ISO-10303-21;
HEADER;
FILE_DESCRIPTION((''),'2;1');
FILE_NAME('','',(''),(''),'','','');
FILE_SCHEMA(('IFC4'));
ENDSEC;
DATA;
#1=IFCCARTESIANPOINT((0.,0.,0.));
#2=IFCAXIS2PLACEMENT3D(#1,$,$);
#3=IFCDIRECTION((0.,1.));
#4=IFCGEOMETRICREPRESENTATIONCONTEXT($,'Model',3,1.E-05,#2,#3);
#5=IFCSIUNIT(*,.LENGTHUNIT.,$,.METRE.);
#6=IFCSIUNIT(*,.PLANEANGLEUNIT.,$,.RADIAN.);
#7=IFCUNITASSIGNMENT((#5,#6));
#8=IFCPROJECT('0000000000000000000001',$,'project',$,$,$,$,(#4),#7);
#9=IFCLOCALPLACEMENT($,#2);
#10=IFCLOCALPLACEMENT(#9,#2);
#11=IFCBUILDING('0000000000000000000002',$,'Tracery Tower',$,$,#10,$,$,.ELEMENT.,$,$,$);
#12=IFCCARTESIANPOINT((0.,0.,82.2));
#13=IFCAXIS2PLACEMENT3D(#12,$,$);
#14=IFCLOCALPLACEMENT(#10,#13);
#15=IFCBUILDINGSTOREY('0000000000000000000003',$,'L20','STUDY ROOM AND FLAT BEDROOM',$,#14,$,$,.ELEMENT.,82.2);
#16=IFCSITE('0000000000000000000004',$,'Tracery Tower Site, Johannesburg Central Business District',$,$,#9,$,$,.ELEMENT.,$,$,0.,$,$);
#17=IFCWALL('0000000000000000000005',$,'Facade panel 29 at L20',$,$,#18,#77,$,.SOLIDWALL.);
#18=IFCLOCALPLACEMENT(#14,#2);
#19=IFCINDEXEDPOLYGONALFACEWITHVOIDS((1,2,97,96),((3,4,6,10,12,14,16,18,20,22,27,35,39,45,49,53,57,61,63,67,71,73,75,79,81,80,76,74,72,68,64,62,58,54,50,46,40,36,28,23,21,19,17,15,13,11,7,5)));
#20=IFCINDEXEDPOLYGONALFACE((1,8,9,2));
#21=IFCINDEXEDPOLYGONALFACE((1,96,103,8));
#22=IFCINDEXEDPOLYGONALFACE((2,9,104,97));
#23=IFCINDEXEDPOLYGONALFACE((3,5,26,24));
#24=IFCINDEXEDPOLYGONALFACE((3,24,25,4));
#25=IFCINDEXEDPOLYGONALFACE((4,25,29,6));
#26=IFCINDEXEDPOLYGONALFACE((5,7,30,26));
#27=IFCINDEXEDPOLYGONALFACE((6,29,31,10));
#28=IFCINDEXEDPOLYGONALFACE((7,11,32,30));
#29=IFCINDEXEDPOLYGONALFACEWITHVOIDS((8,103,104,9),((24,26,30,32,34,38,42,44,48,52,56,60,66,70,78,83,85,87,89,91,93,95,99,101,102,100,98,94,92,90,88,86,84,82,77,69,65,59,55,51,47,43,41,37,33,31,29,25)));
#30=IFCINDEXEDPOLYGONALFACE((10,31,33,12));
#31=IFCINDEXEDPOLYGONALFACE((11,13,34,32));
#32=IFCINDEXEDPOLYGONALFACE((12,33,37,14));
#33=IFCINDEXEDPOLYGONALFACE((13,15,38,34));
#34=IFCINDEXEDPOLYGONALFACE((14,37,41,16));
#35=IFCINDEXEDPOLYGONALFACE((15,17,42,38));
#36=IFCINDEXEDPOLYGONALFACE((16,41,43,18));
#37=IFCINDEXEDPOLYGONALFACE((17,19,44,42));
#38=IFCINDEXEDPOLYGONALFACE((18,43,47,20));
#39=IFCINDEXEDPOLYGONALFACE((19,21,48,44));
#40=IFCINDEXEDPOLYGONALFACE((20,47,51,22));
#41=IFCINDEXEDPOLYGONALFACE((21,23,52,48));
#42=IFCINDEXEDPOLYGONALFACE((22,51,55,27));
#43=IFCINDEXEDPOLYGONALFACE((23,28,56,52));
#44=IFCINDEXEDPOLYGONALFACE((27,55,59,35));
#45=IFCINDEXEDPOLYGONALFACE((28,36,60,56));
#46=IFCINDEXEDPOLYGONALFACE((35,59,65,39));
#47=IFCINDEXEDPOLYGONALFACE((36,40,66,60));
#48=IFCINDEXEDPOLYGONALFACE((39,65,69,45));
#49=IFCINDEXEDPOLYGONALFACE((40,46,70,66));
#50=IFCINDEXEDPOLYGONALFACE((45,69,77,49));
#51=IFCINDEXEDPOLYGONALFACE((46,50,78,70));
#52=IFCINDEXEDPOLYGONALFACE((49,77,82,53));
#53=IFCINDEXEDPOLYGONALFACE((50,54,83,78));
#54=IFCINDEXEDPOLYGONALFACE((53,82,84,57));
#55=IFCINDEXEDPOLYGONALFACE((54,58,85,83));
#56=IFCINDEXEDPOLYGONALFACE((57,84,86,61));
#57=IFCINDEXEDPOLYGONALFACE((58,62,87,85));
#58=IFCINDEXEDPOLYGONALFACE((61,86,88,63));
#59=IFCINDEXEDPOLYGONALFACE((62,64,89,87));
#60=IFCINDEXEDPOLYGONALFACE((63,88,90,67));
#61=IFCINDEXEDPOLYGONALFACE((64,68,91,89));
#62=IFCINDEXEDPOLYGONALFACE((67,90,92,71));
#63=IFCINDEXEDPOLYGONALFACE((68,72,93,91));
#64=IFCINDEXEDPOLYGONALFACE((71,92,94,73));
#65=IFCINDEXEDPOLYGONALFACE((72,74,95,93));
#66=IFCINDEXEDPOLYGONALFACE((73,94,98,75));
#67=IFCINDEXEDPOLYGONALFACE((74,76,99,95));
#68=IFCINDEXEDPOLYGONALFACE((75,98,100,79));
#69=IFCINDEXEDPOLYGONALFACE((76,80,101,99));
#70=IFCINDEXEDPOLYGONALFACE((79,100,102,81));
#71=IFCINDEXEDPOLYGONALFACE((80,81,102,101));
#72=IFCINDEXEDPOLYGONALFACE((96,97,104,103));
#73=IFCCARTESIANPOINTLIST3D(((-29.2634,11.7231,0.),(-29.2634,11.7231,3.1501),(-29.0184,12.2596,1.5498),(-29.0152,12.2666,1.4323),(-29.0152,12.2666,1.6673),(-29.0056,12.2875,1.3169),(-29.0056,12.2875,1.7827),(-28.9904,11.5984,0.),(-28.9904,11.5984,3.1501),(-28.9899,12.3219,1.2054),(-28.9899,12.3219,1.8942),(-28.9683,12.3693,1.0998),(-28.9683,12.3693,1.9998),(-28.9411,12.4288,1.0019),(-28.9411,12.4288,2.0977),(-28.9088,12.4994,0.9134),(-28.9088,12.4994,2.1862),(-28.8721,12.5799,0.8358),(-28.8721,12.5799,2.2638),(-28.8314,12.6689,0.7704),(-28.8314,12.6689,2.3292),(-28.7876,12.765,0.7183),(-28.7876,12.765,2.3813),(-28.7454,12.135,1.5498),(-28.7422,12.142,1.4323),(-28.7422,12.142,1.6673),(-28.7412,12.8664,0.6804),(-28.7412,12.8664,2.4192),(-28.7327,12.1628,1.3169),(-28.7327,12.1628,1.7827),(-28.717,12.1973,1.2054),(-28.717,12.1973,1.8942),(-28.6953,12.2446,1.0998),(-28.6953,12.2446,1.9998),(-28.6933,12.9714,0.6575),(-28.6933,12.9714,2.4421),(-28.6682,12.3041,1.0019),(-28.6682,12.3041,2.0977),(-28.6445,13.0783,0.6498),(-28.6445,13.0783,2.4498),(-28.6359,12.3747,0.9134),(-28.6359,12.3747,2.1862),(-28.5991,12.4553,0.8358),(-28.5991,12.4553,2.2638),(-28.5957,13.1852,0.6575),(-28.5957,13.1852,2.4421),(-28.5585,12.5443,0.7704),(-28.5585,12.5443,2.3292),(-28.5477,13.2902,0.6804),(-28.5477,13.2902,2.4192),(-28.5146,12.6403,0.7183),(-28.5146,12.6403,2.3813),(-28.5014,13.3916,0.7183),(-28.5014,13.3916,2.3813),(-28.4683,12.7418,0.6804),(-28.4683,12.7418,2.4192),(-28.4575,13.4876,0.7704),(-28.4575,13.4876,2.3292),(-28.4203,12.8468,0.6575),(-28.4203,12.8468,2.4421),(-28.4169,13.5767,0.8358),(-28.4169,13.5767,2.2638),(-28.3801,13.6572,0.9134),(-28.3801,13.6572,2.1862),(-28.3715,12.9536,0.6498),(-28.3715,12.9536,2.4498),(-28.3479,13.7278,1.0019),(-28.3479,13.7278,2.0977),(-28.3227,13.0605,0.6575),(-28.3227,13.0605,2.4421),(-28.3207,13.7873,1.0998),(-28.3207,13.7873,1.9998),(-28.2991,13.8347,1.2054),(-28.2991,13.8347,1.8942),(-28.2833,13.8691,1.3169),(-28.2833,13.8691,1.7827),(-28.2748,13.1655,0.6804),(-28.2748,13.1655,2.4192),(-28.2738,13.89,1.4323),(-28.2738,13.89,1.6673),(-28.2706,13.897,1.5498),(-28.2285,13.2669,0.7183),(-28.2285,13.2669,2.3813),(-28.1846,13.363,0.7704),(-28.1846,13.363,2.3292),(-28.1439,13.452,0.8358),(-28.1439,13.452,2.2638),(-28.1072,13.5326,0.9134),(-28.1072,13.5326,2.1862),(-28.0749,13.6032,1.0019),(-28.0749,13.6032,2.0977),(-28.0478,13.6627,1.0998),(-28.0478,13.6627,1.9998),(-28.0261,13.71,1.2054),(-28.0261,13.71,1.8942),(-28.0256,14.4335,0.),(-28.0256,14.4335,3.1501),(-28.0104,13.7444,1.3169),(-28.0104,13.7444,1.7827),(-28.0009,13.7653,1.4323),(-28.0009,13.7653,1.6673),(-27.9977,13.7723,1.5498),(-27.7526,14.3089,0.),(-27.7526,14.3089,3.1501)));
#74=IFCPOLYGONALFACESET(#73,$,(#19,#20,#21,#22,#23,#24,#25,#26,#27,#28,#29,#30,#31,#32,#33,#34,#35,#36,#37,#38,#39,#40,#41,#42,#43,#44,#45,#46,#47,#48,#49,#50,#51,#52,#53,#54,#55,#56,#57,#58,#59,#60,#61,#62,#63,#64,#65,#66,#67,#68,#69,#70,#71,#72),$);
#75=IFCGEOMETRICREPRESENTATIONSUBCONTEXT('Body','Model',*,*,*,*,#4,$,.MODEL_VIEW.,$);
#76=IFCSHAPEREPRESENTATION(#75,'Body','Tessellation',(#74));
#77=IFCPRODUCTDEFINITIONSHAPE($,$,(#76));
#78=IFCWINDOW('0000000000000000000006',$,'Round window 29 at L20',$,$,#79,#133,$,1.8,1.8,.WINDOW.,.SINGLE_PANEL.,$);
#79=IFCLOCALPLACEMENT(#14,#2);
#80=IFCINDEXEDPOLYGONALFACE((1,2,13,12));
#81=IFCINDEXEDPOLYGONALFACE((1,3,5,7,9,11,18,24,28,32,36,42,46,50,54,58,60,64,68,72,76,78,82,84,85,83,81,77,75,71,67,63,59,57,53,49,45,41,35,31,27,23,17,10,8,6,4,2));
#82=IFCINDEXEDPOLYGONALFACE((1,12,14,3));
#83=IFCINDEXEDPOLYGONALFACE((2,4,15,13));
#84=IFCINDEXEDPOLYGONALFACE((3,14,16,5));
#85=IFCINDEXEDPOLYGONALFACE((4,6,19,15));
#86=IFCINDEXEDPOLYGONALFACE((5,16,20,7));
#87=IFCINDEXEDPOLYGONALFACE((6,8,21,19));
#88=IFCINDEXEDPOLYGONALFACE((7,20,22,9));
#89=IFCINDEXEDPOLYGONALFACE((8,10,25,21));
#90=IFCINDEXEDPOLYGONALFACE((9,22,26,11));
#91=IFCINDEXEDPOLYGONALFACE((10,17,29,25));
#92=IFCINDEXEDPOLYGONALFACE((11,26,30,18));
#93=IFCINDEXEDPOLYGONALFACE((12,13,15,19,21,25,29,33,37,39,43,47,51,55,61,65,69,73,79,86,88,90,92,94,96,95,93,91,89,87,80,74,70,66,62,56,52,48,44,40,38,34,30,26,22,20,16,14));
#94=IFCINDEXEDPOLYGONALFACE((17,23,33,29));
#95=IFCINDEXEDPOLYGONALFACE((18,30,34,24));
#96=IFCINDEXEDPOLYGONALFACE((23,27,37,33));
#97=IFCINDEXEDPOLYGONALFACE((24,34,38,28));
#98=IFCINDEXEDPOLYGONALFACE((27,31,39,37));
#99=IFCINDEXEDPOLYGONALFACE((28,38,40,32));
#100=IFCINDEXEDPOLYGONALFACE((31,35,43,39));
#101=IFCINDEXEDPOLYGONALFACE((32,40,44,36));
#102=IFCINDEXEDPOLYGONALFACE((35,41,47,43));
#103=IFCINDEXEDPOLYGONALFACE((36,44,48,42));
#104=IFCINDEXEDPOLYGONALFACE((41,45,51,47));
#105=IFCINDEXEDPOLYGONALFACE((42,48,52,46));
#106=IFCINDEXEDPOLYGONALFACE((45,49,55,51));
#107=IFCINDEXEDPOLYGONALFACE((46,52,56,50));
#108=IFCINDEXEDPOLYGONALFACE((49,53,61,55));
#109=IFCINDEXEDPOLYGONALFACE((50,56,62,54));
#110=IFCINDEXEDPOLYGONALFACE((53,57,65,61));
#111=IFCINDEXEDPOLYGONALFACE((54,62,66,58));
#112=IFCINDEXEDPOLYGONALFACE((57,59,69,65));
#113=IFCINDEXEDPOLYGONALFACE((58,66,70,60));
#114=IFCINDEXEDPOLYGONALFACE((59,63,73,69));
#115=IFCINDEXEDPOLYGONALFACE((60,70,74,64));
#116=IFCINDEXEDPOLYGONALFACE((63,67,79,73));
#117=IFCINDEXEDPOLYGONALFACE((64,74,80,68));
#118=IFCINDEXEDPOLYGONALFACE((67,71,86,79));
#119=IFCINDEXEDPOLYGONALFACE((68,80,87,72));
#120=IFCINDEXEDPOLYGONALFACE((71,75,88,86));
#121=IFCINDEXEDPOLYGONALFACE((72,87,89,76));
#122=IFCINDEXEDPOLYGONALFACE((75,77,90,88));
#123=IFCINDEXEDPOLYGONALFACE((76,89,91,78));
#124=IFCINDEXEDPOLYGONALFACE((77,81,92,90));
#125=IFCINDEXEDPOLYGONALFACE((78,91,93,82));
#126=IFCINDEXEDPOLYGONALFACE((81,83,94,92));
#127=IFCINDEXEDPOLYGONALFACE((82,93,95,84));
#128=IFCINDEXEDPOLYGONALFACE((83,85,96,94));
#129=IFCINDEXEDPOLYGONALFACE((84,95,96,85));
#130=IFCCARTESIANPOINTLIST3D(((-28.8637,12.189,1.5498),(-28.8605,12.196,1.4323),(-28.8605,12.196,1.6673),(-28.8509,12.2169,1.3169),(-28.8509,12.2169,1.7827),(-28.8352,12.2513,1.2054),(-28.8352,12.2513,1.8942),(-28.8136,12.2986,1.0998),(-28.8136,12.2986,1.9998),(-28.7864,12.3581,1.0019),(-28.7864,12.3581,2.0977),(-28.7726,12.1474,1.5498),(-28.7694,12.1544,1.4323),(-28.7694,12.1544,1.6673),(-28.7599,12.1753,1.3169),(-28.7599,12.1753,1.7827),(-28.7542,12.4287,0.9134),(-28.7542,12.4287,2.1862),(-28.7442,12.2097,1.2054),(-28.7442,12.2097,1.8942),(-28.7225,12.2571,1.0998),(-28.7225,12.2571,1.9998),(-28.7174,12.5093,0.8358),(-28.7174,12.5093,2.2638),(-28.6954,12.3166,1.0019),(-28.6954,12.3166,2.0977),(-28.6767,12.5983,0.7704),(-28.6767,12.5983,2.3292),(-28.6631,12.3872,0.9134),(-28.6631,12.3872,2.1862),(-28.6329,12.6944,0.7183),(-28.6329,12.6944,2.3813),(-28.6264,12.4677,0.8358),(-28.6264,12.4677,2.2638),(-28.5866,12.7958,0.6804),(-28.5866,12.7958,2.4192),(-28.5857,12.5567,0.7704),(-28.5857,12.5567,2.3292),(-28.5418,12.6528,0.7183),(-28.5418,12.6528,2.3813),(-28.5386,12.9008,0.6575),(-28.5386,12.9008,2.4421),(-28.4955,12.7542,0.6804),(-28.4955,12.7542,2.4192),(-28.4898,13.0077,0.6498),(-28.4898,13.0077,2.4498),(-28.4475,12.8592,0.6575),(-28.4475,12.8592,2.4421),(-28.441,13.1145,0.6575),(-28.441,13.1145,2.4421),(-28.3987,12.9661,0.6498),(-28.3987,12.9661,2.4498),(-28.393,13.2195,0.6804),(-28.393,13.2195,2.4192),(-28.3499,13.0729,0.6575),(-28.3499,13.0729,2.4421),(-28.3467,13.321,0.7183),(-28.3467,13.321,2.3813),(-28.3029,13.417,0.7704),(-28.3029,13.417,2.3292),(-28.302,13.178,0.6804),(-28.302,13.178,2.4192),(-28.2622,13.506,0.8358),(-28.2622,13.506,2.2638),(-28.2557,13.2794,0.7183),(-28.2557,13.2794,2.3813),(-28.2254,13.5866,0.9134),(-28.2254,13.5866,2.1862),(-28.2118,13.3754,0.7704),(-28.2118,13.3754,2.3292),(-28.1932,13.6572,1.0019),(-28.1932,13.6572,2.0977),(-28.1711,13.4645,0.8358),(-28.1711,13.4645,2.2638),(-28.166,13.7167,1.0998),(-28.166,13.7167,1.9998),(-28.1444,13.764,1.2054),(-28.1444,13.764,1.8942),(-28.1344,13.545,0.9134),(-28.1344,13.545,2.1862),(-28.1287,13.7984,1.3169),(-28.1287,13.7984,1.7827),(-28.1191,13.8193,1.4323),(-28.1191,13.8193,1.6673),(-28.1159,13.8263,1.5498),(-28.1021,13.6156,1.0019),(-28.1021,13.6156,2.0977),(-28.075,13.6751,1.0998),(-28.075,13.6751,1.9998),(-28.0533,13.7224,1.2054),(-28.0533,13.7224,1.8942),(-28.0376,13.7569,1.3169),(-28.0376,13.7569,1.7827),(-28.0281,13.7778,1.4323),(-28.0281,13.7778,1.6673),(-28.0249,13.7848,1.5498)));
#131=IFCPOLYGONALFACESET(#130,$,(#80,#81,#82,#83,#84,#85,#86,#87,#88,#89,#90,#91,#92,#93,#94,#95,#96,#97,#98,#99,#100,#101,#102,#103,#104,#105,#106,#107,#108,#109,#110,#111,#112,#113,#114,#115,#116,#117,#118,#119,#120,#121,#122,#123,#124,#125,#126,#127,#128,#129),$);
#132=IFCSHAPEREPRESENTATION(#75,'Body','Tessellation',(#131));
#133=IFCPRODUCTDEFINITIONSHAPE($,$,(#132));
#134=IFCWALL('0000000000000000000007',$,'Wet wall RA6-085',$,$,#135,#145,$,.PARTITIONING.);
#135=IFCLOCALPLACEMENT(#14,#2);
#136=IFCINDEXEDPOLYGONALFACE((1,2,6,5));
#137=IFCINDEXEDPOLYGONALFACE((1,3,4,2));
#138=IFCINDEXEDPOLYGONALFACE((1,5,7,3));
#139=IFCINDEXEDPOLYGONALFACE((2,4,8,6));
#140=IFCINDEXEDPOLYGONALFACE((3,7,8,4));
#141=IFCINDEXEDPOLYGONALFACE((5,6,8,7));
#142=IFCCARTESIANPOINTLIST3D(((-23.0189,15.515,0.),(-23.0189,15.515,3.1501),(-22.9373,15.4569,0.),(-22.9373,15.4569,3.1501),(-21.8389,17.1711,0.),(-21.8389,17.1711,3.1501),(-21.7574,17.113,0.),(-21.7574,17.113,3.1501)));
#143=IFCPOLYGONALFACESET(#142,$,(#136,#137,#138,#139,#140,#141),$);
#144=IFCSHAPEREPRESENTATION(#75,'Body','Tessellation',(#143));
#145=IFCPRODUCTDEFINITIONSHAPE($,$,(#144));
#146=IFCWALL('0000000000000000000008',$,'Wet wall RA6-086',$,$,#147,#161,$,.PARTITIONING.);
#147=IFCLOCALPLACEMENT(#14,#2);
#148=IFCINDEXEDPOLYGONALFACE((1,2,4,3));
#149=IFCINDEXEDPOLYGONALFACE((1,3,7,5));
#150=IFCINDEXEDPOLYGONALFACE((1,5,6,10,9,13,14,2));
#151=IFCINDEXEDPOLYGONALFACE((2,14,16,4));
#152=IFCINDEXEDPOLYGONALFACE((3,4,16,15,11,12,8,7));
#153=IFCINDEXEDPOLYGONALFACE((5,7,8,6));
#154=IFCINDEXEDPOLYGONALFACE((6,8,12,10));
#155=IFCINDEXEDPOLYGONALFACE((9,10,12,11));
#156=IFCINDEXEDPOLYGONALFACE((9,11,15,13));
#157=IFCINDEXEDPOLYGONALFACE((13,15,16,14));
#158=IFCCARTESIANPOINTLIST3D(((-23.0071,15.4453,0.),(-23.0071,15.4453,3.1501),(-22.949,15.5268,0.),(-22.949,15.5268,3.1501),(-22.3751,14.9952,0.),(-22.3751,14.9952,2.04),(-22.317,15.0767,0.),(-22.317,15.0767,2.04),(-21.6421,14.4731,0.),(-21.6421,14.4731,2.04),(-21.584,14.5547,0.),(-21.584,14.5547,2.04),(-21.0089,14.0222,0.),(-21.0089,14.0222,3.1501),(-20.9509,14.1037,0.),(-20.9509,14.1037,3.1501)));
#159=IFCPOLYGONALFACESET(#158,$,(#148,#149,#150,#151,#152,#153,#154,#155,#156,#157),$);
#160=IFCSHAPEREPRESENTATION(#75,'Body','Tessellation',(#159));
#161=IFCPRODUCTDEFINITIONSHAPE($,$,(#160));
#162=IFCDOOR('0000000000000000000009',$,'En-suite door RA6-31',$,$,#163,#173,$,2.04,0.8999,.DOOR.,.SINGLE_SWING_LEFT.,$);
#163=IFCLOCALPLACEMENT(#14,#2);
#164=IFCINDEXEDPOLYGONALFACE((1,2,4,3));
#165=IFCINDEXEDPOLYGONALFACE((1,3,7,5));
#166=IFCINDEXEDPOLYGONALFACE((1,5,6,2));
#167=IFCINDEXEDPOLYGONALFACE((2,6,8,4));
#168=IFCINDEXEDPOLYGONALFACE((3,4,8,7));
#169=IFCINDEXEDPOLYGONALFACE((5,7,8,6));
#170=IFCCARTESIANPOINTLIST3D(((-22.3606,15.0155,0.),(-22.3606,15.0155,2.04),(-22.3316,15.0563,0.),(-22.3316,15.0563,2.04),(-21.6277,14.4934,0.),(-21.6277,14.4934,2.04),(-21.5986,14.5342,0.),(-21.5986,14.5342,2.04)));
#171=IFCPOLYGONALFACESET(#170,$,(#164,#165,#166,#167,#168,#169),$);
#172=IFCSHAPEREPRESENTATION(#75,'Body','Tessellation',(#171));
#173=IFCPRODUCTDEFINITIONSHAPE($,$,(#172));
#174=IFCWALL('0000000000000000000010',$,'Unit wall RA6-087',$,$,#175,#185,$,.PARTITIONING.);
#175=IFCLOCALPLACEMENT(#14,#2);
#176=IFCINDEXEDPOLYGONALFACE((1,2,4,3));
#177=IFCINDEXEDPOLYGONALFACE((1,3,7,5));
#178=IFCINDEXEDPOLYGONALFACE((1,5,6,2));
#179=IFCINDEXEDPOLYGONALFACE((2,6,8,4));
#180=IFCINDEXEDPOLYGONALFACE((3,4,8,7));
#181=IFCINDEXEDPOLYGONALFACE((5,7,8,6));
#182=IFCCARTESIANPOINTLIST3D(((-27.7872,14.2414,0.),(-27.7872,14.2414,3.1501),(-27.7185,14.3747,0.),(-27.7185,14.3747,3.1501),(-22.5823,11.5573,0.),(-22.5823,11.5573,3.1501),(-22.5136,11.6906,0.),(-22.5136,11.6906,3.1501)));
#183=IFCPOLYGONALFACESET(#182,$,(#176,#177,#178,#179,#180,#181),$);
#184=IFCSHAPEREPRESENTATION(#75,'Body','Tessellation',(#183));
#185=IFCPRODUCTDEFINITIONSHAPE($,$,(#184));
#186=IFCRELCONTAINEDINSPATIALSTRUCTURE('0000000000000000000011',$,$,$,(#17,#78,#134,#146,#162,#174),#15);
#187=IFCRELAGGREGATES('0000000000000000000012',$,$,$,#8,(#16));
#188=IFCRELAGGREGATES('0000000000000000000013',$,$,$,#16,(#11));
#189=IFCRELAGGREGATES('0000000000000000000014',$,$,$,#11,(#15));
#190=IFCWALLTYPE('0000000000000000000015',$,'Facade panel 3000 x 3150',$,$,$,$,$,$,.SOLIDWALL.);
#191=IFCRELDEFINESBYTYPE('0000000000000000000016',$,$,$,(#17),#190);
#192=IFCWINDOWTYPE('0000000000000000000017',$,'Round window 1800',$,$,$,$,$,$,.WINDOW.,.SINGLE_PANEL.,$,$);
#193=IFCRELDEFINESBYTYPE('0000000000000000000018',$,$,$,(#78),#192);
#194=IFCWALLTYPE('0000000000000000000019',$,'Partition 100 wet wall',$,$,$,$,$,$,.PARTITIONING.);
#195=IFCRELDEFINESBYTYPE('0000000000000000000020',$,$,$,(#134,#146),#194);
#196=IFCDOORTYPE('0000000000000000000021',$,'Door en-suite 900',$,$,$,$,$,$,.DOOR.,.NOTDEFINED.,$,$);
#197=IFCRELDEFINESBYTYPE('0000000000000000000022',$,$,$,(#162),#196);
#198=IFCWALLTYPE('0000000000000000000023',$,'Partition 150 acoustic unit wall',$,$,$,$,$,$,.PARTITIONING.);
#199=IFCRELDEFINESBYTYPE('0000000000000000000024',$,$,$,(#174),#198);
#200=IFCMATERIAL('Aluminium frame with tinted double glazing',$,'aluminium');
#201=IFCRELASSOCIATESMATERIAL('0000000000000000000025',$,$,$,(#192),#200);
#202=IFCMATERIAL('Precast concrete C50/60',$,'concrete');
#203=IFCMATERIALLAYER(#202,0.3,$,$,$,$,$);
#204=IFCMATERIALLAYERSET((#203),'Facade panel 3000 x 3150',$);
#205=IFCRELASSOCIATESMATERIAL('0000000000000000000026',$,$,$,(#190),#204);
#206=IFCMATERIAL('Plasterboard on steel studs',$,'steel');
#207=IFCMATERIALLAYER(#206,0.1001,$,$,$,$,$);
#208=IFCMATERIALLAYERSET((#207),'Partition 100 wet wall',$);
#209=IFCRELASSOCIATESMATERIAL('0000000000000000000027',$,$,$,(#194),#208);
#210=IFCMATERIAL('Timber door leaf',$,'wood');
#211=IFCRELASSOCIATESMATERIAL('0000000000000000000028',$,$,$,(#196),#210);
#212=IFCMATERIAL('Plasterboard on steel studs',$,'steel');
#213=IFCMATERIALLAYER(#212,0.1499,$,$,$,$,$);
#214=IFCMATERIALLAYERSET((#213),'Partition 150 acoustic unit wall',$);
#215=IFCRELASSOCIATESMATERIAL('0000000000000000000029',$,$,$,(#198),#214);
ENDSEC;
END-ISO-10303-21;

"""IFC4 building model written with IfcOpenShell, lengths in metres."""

from ifc_helpers import new_model, si_unit, direction, frame, frame_2d, origin, origin_2d, place, context, subcontext, project, spatial, rectangle, circle, extrude, material, layer, layer_set, type_object, element, fill, save


model = new_model("IFC4")

# Units and contexts
model_context = context("Model", 3, precision=1e-05, world=origin(), true_north=direction((0.0, 1.0)))
body_context = subcontext(model_context, "Body", "Model", "MODEL_VIEW")
ifc_project = project(units=[si_unit("LENGTHUNIT", "METRE"), si_unit("PLANEANGLEUNIT", "RADIAN")], contexts=[model_context])

# Site, building, storey
site_placement = place(None, origin())
site = spatial("IfcSite", under=ifc_project, at=site_placement, Name="Tracery Tower Site, Johannesburg Central Business District", CompositionType="ELEMENT", RefElevation=0.0)
building_placement = place(site_placement, origin())
building = spatial("IfcBuilding", under=site, at=building_placement, Name="Tracery Tower", CompositionType="ELEMENT")
storey_placement = place(building_placement, frame((0.0, 0.0, 82.2)))
storey = spatial("IfcBuildingStorey", under=building, at=storey_placement, Name="L20", Description="STUDY ROOM AND FLAT BEDROOM", CompositionType="ELEMENT", Elevation=82.2)

# Wall, opening, window
ifc_material_1 = material(Name="Aluminium frame with tinted double glazing", Category="aluminium")
window_type = type_object("IfcWindowType", Name="Round window 1800", PartitioningType="SINGLE_PANEL", PredefinedType="WINDOW", material=ifc_material_1)
ifc_material_2 = material(Name="Precast concrete C50/60", Category="concrete")
ifc_layer_1 = layer(ifc_material_2, 0.3)
ifc_layer_set_1 = layer_set([ifc_layer_1], Name="Facade panel 3000 x 3150")
wall_type_1 = type_object("IfcWallType", Name="Facade panel 3000 x 3150", PredefinedType="SOLIDWALL", material=ifc_layer_set_1)
wall_1_placement = place(storey_placement, frame((-27.8892, 14.3711, 0.0), z_axis=(0.0, 0.0, 1.0), x_axis=(-0.415407, -0.909636, 0.0)))
wall_1 = element("IfcWall", 1, at=wall_1_placement, inside=storey, type_object=wall_type_1, Name="Facade panel 29 at L20", PredefinedType="SOLIDWALL", context=body_context, shape_type="SweptSolid", body=[
    extrude(rectangle(XDim=2.9797, YDim=0.3, at=frame_2d((1.4897, 0.0))), origin(), (0.0, 0.0, 1.0), 3.1501),
])
opening_1_placement = place(wall_1_placement, frame((1.4897, 0.0, 1.5498)))
opening_1 = element("IfcOpeningElement", 2, at=opening_1_placement, cuts=wall_1, PredefinedType="OPENING", context=body_context, shape_type="SweptSolid", body=[
    extrude(circle(Radius=0.9, at=origin_2d()), frame((0.0, 0.1599, 0.0), z_axis=(0.0, -1.0, 0.0), x_axis=(1.0, 0.0, 0.0)), (0.0, 0.0, 1.0), 0.3201),
])
window_1_placement = place(opening_1_placement, origin())
window_1 = element("IfcWindow", 3, at=window_1_placement, inside=storey, type_object=window_type, Name="Round window 29 at L20", OverallHeight=1.8, OverallWidth=1.8, PartitioningType="SINGLE_PANEL", PredefinedType="WINDOW", context=body_context, shape_type="SweptSolid", body=[
    extrude(circle(Radius=0.9, at=origin_2d()), frame((0.0, 0.1201, 0.0), z_axis=(0.0, -1.0, 0.0), x_axis=(1.0, 0.0, 0.0)), (0.0, 0.0, 1.0), 0.1001),
])
fill(opening_1, window_1)

# Wall
ifc_material_3 = material(Name="Plasterboard on steel studs", Category="steel")
ifc_layer_2 = layer(ifc_material_3, 0.1001)
ifc_layer_set_2 = layer_set([ifc_layer_2], Name="Partition 100 wet wall")
wall_type_2 = type_object("IfcWallType", Name="Partition 100 wet wall", PredefinedType="PARTITIONING", material=ifc_layer_set_2)
wall_2_placement = place(storey_placement, frame((-22.978, 15.4861, 0.0), z_axis=(0.0, 0.0, 1.0), x_axis=(0.580284, 0.814414, 0.0)))
element("IfcWall", 4, at=wall_2_placement, inside=storey, type_object=wall_type_2, Name="Wet wall RA6-085", PredefinedType="PARTITIONING", context=body_context, shape_type="SweptSolid", body=[
    extrude(rectangle(XDim=2.0334, YDim=0.1001, at=frame_2d((1.0166, 0.0))), origin(), (0.0, 0.0, 1.0), 3.1501),
])

# Wall, opening, door
wall_3_placement = place(storey_placement, frame((-22.978, 15.4861, 0.0), z_axis=(0.0, 0.0, 1.0), x_axis=(0.81452, -0.580136, 0.0)))
wall_3 = element("IfcWall", 5, at=wall_3_placement, inside=storey, type_object=wall_type_2, Name="Wet wall RA6-086", PredefinedType="PARTITIONING", context=body_context, shape_type="SweptSolid", body=[
    extrude(rectangle(XDim=2.4531, YDim=0.1001, at=frame_2d((1.2266, 0.0))), origin(), (0.0, 0.0, 1.0), 3.1501),
])
opening_2_placement = place(wall_3_placement, frame((0.7759, 0.0, 0.0)))
opening_2 = element("IfcOpeningElement", 6, at=opening_2_placement, cuts=wall_3, PredefinedType="OPENING", context=body_context, shape_type="SweptSolid", body=[
    extrude(rectangle(XDim=0.8999, YDim=2.04, at=frame_2d((0.45, 1.02))), frame((0.0, 0.05, 0.0), z_axis=(0.0, -1.0, 0.0), x_axis=(1.0, 0.0, 0.0)), (0.0, 0.0, 1.0), 0.1001),
])
ifc_material_4 = material(Name="Timber door leaf", Category="wood")
door_type = type_object("IfcDoorType", Name="Door en-suite 900", OperationType="NOTDEFINED", PredefinedType="DOOR", material=ifc_material_4)
door_placement = place(opening_2_placement, origin())
door = element("IfcDoor", 7, at=door_placement, inside=storey, type_object=door_type, Name="En-suite door RA6-31", OperationType="SINGLE_SWING_LEFT", OverallHeight=2.04, OverallWidth=0.8999, PredefinedType="DOOR", context=body_context, shape_type="SweptSolid", body=[
    extrude(rectangle(XDim=0.8999, YDim=2.04, at=frame_2d((0.45, 1.02))), frame((0.0, 0.0249, 0.0), z_axis=(0.0, -1.0, 0.0), x_axis=(1.0, 0.0, 0.0)), (0.0, 0.0, 1.0), 0.05),
])
fill(opening_2, door)

# Wall
ifc_material_5 = material(Name="Plasterboard on steel studs", Category="steel")
ifc_layer_3 = layer(ifc_material_5, 0.1499)
ifc_layer_set_3 = layer_set([ifc_layer_3], Name="Partition 150 acoustic unit wall")
wall_type_3 = type_object("IfcWallType", Name="Partition 150 acoustic unit wall", PredefinedType="PARTITIONING", material=ifc_layer_set_3)
wall_4_placement = place(storey_placement, frame((-27.7529, 14.3081, 0.0), z_axis=(0.0, 0.0, 1.0), x_axis=(0.88878, -0.458335, 0.0)))
element("IfcWall", 8, at=wall_4_placement, inside=storey, type_object=wall_type_3, Name="Unit wall RA6-087", PredefinedType="PARTITIONING", context=body_context, shape_type="SweptSolid", body=[
    extrude(rectangle(XDim=5.8562, YDim=0.1499, at=frame_2d((2.9282, 0.0))), origin(), (0.0, 0.0, 1.0), 3.1501),
])

save(model, "model.ifc")
